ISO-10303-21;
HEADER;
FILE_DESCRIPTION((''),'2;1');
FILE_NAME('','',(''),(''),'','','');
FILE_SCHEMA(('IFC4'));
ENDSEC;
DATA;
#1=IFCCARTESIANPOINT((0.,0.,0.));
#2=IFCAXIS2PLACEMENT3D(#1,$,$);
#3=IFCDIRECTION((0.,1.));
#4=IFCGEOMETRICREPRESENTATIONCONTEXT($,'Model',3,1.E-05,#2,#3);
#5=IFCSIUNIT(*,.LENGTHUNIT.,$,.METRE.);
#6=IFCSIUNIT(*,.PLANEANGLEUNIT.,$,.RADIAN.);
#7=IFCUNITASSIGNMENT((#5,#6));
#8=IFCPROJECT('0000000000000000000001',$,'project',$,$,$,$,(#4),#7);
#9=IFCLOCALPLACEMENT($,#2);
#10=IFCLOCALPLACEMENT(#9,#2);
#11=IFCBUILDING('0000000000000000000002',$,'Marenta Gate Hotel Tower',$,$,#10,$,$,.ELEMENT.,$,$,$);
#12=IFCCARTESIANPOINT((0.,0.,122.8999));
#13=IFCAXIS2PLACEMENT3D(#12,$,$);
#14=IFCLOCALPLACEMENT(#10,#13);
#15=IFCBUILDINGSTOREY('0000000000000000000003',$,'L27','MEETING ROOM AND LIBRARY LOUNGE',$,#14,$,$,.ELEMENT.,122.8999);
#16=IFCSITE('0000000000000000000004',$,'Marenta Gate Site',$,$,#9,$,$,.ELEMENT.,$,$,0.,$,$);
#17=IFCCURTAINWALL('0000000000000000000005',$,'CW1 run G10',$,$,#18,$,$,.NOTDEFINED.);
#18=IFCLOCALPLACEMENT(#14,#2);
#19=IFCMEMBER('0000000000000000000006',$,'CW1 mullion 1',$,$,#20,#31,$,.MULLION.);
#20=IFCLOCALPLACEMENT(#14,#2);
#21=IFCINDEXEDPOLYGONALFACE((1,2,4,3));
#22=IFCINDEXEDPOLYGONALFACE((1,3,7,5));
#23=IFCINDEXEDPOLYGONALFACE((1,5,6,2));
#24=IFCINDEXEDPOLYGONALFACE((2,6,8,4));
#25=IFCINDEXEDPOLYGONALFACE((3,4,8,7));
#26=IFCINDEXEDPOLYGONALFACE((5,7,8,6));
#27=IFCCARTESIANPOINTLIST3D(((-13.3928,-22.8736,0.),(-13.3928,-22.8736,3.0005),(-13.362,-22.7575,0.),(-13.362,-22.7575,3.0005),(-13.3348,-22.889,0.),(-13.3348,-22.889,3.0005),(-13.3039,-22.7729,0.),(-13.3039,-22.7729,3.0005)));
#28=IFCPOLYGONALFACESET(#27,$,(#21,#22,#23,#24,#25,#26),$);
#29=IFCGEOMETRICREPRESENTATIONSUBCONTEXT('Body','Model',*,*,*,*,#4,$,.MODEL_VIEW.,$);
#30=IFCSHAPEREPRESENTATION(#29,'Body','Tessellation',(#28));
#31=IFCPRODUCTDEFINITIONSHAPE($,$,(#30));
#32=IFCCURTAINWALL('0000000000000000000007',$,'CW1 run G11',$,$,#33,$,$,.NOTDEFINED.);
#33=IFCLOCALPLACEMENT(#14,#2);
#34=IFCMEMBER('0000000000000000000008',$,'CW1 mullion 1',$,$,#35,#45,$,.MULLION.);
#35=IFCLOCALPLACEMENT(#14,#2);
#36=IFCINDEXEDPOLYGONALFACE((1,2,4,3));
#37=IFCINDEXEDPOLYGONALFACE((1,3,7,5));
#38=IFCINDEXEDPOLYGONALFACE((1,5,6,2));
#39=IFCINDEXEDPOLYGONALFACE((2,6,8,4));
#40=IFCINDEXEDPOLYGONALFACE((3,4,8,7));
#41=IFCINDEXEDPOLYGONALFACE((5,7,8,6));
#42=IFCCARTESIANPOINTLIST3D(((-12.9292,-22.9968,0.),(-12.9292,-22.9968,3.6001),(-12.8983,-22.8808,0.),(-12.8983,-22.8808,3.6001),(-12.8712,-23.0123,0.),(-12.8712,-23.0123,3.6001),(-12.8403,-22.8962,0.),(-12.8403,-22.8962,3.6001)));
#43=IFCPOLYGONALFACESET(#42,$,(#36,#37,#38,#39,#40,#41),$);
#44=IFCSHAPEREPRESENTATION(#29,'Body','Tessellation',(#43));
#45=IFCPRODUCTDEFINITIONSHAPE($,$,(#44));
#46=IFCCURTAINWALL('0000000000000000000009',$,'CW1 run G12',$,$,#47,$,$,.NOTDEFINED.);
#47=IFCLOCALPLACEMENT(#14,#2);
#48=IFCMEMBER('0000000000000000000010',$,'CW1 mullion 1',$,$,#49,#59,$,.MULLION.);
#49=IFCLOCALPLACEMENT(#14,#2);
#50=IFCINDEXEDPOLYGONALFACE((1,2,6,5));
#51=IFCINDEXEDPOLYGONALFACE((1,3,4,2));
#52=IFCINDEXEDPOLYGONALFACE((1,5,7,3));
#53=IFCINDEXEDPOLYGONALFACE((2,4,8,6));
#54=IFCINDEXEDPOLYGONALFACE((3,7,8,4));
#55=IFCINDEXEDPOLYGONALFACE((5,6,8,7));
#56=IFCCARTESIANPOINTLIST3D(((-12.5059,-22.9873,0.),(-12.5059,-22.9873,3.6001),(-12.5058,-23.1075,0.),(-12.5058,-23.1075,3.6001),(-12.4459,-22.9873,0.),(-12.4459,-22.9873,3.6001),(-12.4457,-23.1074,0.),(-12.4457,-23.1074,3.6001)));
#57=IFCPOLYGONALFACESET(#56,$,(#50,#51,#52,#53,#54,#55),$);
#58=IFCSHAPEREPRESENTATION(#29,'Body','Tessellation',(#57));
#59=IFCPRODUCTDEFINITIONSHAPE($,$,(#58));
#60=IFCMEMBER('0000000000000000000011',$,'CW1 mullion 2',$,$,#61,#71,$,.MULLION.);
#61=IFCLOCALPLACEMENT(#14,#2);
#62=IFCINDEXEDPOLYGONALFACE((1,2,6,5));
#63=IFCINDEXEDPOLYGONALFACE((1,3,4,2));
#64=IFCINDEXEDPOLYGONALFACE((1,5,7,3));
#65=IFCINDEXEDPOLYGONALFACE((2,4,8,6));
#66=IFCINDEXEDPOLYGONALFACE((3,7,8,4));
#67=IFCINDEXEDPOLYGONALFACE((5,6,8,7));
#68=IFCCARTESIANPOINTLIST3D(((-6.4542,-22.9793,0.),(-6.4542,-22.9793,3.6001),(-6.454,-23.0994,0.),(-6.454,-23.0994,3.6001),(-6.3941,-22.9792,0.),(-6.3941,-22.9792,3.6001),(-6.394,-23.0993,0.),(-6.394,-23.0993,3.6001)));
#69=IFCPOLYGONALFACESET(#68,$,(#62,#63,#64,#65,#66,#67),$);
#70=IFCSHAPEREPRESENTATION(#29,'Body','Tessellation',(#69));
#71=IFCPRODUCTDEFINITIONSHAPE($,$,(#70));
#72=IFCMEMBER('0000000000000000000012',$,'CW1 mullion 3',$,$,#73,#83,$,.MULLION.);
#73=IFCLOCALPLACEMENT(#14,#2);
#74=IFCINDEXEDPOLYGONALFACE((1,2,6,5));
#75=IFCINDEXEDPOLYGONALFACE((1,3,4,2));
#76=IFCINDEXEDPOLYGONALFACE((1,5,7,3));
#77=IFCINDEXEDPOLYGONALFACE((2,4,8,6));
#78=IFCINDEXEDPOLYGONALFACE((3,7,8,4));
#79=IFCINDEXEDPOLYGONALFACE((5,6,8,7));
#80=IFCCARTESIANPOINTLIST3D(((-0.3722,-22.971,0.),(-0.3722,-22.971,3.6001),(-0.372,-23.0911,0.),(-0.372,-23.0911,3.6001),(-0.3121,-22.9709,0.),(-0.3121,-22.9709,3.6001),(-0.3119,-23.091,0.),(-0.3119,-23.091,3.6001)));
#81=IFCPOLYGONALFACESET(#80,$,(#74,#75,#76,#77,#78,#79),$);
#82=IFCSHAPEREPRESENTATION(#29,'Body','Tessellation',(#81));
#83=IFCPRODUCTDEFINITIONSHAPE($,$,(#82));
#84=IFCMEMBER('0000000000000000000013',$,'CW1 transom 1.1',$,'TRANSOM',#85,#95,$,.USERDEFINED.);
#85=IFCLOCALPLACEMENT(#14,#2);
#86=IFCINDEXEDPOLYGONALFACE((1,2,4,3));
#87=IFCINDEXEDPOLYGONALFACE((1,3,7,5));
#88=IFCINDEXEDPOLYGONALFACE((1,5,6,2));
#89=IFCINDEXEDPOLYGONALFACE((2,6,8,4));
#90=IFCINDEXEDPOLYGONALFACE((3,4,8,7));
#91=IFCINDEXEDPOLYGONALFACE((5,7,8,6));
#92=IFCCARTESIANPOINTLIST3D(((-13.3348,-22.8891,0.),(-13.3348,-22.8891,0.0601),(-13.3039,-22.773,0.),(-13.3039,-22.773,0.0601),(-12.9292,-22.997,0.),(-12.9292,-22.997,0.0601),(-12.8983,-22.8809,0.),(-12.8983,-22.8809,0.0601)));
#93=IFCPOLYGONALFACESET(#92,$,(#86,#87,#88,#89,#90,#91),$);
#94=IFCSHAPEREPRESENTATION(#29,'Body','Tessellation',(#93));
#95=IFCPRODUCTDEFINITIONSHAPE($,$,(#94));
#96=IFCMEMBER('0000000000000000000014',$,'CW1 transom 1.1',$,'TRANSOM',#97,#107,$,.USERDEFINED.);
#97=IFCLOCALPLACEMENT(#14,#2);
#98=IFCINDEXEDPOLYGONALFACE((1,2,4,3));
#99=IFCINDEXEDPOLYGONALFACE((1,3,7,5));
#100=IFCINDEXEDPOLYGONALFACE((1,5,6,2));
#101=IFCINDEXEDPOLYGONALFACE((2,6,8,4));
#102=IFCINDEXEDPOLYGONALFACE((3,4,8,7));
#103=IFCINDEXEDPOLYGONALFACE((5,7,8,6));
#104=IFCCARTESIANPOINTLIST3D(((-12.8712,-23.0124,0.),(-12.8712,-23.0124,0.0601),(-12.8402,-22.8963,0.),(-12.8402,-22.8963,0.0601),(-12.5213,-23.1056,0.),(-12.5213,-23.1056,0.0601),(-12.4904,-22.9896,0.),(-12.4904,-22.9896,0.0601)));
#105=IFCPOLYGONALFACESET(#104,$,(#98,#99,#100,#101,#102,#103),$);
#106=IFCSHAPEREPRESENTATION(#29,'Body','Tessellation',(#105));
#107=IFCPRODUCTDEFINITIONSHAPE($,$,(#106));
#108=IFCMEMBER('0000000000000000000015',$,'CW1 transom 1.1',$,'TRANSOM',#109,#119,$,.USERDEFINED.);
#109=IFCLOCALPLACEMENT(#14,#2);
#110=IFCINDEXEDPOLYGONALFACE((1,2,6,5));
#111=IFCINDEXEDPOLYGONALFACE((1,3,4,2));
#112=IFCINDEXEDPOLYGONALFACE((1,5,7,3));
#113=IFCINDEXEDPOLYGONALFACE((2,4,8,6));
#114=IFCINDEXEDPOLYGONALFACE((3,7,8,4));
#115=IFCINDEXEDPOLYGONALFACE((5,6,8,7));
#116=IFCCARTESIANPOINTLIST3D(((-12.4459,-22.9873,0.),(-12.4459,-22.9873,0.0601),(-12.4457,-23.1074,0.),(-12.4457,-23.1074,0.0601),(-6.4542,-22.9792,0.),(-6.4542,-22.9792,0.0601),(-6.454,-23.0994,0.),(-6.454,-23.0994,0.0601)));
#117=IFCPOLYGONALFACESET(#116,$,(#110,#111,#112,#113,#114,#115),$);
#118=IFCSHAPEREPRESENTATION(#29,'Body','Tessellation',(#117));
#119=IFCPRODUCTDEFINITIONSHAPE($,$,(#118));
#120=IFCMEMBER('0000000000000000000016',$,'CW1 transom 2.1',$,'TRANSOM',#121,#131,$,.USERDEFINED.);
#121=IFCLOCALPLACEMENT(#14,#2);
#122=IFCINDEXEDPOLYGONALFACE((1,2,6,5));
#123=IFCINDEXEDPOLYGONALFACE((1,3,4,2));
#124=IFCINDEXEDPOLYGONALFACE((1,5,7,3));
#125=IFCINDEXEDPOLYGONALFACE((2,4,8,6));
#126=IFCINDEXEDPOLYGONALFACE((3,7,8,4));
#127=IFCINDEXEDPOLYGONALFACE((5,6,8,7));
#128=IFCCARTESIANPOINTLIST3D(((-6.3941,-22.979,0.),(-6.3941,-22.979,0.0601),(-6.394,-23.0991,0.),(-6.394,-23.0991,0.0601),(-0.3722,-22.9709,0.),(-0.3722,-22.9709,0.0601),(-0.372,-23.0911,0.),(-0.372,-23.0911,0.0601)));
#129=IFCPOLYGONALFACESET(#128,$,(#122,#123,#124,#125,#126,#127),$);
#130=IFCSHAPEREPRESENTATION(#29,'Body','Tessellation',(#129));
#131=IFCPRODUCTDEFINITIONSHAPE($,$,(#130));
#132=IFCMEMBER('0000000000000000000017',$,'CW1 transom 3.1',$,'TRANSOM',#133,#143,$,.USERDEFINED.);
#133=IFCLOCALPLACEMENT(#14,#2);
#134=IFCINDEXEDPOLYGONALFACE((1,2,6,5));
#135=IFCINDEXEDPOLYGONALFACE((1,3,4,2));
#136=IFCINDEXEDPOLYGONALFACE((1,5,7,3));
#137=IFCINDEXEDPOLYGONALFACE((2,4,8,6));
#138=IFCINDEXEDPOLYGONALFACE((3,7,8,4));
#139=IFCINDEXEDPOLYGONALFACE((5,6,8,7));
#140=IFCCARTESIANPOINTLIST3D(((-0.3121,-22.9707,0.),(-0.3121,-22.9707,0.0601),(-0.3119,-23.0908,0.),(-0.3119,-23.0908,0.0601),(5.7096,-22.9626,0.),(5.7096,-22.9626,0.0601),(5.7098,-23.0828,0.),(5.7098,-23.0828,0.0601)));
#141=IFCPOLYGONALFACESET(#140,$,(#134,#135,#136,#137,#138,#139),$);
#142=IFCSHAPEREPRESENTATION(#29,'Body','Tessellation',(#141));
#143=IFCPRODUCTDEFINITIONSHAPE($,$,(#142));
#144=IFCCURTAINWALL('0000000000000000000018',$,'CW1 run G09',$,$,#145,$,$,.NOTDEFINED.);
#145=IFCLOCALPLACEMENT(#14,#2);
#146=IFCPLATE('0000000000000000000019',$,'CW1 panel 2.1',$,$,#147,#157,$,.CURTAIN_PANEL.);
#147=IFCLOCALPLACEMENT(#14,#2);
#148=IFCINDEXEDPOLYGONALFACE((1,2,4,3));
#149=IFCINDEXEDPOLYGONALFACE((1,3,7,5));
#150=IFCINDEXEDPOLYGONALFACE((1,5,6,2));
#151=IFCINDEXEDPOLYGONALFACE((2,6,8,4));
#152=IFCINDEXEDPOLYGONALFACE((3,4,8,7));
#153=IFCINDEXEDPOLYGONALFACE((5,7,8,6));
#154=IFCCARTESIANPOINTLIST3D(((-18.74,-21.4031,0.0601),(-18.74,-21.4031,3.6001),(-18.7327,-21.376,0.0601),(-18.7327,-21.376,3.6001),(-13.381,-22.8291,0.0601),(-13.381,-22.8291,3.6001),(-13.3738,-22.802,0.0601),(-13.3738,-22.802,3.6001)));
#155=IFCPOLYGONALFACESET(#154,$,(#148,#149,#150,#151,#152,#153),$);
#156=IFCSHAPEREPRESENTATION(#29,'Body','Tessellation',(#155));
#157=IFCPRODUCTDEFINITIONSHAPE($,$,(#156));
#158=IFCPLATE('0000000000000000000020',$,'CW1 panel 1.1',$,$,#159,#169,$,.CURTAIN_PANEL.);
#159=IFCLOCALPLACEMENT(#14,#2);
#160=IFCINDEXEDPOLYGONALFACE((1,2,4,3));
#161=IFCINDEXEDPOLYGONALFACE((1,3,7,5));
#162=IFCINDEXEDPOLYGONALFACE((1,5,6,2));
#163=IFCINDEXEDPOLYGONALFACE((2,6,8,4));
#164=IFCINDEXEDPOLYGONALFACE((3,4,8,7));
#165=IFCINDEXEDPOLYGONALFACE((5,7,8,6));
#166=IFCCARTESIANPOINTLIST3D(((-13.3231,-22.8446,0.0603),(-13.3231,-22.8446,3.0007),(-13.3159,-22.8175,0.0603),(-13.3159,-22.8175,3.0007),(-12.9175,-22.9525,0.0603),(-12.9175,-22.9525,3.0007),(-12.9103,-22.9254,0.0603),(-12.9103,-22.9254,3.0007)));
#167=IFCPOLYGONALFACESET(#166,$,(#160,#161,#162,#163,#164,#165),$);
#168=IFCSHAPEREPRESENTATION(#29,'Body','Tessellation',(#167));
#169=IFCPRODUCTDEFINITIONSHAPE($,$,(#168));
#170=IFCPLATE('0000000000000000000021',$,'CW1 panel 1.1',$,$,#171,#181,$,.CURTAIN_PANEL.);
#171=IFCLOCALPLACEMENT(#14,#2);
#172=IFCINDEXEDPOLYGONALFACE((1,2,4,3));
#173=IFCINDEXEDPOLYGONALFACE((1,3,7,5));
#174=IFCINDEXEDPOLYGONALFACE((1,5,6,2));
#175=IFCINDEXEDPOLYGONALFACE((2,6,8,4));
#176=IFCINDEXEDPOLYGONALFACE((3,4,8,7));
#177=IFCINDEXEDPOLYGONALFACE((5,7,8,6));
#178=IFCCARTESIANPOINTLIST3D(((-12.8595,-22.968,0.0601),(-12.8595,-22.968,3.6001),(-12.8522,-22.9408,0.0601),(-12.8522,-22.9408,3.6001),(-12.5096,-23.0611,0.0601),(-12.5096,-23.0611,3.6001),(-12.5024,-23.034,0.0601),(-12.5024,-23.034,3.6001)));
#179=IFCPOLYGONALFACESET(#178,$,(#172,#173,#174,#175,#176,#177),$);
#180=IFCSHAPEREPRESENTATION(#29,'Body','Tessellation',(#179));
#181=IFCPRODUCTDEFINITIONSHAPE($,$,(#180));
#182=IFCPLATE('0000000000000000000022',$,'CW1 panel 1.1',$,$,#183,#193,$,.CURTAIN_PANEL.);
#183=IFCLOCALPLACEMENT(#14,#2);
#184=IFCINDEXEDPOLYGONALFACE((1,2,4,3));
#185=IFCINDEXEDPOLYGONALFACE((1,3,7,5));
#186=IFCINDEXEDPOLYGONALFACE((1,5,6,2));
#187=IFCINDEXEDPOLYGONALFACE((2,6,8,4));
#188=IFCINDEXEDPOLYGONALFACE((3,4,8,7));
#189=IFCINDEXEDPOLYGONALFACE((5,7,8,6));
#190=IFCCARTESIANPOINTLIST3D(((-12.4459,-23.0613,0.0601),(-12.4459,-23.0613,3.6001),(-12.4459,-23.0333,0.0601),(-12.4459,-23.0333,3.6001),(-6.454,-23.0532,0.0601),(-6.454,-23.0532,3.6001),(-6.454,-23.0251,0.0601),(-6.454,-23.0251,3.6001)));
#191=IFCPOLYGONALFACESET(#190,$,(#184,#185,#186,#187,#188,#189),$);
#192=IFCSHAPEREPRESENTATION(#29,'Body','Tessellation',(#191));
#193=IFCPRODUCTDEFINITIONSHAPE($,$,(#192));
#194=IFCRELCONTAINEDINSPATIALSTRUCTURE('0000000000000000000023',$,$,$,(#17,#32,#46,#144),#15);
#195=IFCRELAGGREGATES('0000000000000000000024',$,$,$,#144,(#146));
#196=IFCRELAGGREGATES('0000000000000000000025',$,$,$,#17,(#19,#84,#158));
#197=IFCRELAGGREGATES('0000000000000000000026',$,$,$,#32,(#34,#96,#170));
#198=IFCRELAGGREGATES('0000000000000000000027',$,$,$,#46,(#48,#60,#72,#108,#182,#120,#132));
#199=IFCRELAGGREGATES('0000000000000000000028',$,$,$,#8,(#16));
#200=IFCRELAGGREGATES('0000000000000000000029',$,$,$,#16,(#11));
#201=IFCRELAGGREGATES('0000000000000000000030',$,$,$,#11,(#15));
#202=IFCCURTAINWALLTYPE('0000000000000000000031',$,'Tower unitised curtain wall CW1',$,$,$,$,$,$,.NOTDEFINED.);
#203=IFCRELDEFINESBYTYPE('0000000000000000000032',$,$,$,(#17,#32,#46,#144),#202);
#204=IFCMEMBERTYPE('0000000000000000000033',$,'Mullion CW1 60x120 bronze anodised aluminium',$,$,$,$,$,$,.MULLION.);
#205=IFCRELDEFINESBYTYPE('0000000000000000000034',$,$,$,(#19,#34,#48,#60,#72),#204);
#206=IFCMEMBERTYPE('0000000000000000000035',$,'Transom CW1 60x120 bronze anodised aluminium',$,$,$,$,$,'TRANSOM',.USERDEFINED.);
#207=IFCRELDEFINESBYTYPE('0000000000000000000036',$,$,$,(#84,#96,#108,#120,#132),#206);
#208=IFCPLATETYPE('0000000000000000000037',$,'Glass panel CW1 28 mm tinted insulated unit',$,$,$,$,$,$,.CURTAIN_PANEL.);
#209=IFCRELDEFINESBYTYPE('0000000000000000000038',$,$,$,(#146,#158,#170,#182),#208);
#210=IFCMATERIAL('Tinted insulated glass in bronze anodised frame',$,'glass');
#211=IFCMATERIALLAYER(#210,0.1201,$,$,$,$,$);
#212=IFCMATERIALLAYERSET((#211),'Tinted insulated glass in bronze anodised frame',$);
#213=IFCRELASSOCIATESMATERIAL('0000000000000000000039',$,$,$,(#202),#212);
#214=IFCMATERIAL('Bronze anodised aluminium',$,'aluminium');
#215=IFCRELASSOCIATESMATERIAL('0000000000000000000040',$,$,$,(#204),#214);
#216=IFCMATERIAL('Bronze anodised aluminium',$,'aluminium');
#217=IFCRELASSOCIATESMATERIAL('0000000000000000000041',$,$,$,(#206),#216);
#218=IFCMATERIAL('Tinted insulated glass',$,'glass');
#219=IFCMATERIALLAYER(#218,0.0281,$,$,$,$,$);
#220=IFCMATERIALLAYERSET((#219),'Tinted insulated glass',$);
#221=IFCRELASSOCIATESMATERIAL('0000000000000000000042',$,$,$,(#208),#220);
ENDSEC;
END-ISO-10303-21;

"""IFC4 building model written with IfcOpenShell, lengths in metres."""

from ifc_helpers import new_model, si_unit, direction, frame, origin, origin_2d, place, context, subcontext, project, spatial, rectangle, extrude, material, layer, layer_set, material_profile, profile_set, type_object, element, aggregate, save


model = new_model("IFC4")

# Units and contexts
model_context = context("Model", 3, precision=1e-05, world=origin(), true_north=direction((0.0, 1.0)))
body_context = subcontext(model_context, "Body", "Model", "MODEL_VIEW")
ifc_project = project(units=[si_unit("LENGTHUNIT", "METRE"), si_unit("PLANEANGLEUNIT", "RADIAN")], contexts=[model_context])

# Site, building, storey
site_placement = place(None, origin())
site = spatial("IfcSite", under=ifc_project, at=site_placement, Name="Marenta Gate Site", CompositionType="ELEMENT", RefElevation=0.0)
building_placement = place(site_placement, origin())
building = spatial("IfcBuilding", under=site, at=building_placement, Name="Marenta Gate Hotel Tower", CompositionType="ELEMENT")
storey_placement = place(building_placement, frame((0.0, 0.0, 122.8999)))
storey = spatial("IfcBuildingStorey", under=building, at=storey_placement, Name="L27", Description="MEETING ROOM AND LIBRARY LOUNGE", CompositionType="ELEMENT", Elevation=122.8999)

# Curtain walls, members
ifc_material_1 = material(Name="Tinted insulated glass in bronze anodised frame", Category="glass")
ifc_layer_1 = layer(ifc_material_1, 0.1201)
ifc_layer_set_1 = layer_set([ifc_layer_1], Name="Tinted insulated glass in bronze anodised frame")
curtain_wall_type = type_object("IfcCurtainWallType", Name="Tower unitised curtain wall CW1", PredefinedType="NOTDEFINED", material=ifc_layer_set_1)
curtain_wall_1_placement = place(storey_placement, origin())
curtain_wall_1 = element("IfcCurtainWall", 1, at=curtain_wall_1_placement, inside=storey, type_object=curtain_wall_type, Name="CW1 run G10", PredefinedType="NOTDEFINED")
ifc_material_2 = material(Name="Bronze anodised aluminium", Category="aluminium")
ifc_material_profile_1 = material_profile(ifc_material_2, rectangle(XDim=0.1201, YDim=0.0601, at=origin_2d()), Name="Mullion CW1 60x120 bronze anodised aluminium")
ifc_profile_set_1 = profile_set([ifc_material_profile_1], Name="Bronze anodised aluminium")
member_type_1 = type_object("IfcMemberType", Name="Mullion CW1 60x120 bronze anodised aluminium", PredefinedType="MULLION", material=ifc_profile_set_1)
member_1_placement = place(storey_placement, frame((-13.3484, -22.8232, 0.0), z_axis=(0.0, 0.0, 1.0), x_axis=(0.257027, 0.966404, 0.0)))
member_1 = element("IfcMember", 2, at=member_1_placement, type_object=member_type_1, Name="CW1 mullion 1", PredefinedType="MULLION", context=body_context, shape_type="SweptSolid", body=[
    extrude(rectangle(XDim=0.1201, YDim=0.0601, at=origin_2d()), origin(), (0.0, 0.0, 1.0), 3.0005),
])
curtain_wall_2_placement = place(storey_placement, origin())
curtain_wall_2 = element("IfcCurtainWall", 3, at=curtain_wall_2_placement, inside=storey, type_object=curtain_wall_type, Name="CW1 run G11", PredefinedType="NOTDEFINED")
member_2_placement = place(storey_placement, frame((-12.8848, -22.9465, 0.0), z_axis=(0.0, 0.0, 1.0), x_axis=(0.257279, 0.966337, 0.0)))
member_2 = element("IfcMember", 4, at=member_2_placement, type_object=member_type_1, Name="CW1 mullion 1", PredefinedType="MULLION", context=body_context, shape_type="SweptSolid", body=[
    extrude(rectangle(XDim=0.1201, YDim=0.0601, at=origin_2d()), origin(), (0.0, 0.0, 1.0), 3.6001),
])

# Curtain wall, members
curtain_wall_3_placement = place(storey_placement, origin())
curtain_wall_3 = element("IfcCurtainWall", 5, at=curtain_wall_3_placement, inside=storey, type_object=curtain_wall_type, Name="CW1 run G12", PredefinedType="NOTDEFINED")
member_3_placement = place(storey_placement, frame((-12.4758, -23.0474, 0.0), z_axis=(0.0, 0.0, 1.0), x_axis=(-0.001365, 0.999999, 0.0)))
member_3 = element("IfcMember", 6, at=member_3_placement, type_object=member_type_1, Name="CW1 mullion 1", PredefinedType="MULLION", context=body_context, shape_type="SweptSolid", body=[
    extrude(rectangle(XDim=0.1201, YDim=0.0601, at=origin_2d()), origin(), (0.0, 0.0, 1.0), 3.6001),
])
member_4_placement = place(storey_placement, frame((-6.4241, -23.0393, 0.0), z_axis=(0.0, 0.0, 1.0), x_axis=(-0.001365, 0.999999, 0.0)))
member_4 = element("IfcMember", 7, at=member_4_placement, type_object=member_type_1, Name="CW1 mullion 2", PredefinedType="MULLION", context=body_context, shape_type="SweptSolid", body=[
    extrude(rectangle(XDim=0.1201, YDim=0.0601, at=origin_2d()), origin(), (0.0, 0.0, 1.0), 3.6001),
])
member_5_placement = place(storey_placement, frame((-0.342, -23.031, 0.0), z_axis=(0.0, 0.0, 1.0), x_axis=(-0.001365, 0.999999, 0.0)))
member_5 = element("IfcMember", 8, at=member_5_placement, type_object=member_type_1, Name="CW1 mullion 3", PredefinedType="MULLION", context=body_context, shape_type="SweptSolid", body=[
    extrude(rectangle(XDim=0.1201, YDim=0.0601, at=origin_2d()), origin(), (0.0, 0.0, 1.0), 3.6001),
])

# Members
ifc_material_3 = material(Name="Bronze anodised aluminium", Category="aluminium")
ifc_material_profile_2 = material_profile(ifc_material_3, rectangle(XDim=0.1201, YDim=0.0601, at=origin_2d()), Name="Transom CW1 60x120 bronze anodised aluminium")
ifc_profile_set_2 = profile_set([ifc_material_profile_2], Name="Bronze anodised aluminium")
member_type_2 = type_object("IfcMemberType", Name="Transom CW1 60x120 bronze anodised aluminium", ElementType="TRANSOM", PredefinedType="USERDEFINED", material=ifc_profile_set_2)
member_6_placement = place(storey_placement, frame((-13.3193, -22.8311, 0.03), z_axis=(0.96637, -0.257156, 0.0), x_axis=(0.257156, 0.96637, 0.0)))
member_6 = element("IfcMember", 9, at=member_6_placement, type_object=member_type_2, Name="CW1 transom 1.1", ObjectType="TRANSOM", PredefinedType="USERDEFINED", context=body_context, shape_type="SweptSolid", body=[
    extrude(rectangle(XDim=0.1201, YDim=0.0601, at=origin_2d()), origin(), (0.0, 0.0, 1.0), 0.4197),
])
member_7_placement = place(storey_placement, frame((-12.8557, -22.9543, 0.03), z_axis=(0.966257, -0.257579, 0.0), x_axis=(0.257579, 0.966257, 0.0)))
member_7 = element("IfcMember", 10, at=member_7_placement, type_object=member_type_2, Name="CW1 transom 1.1", ObjectType="TRANSOM", PredefinedType="USERDEFINED", context=body_context, shape_type="SweptSolid", body=[
    extrude(rectangle(XDim=0.1201, YDim=0.0601, at=origin_2d()), origin(), (0.0, 0.0, 1.0), 0.3621),
])
member_8_placement = place(storey_placement, frame((-12.4458, -23.0474, 0.03), z_axis=(0.999999, 0.001345, 0.0), x_axis=(-0.001345, 0.999999, 0.0)))
member_8 = element("IfcMember", 11, at=member_8_placement, type_object=member_type_2, Name="CW1 transom 1.1", ObjectType="TRANSOM", PredefinedType="USERDEFINED", context=body_context, shape_type="SweptSolid", body=[
    extrude(rectangle(XDim=0.1201, YDim=0.0601, at=origin_2d()), origin(), (0.0, 0.0, 1.0), 5.9917),
])
member_9_placement = place(storey_placement, frame((-6.394, -23.0391, 0.03), z_axis=(0.999999, 0.001338, 0.0), x_axis=(-0.001338, 0.999999, 0.0)))
member_9 = element("IfcMember", 12, at=member_9_placement, type_object=member_type_2, Name="CW1 transom 2.1", ObjectType="TRANSOM", PredefinedType="USERDEFINED", context=body_context, shape_type="SweptSolid", body=[
    extrude(rectangle(XDim=0.1201, YDim=0.0601, at=origin_2d()), origin(), (0.0, 0.0, 1.0), 6.022),
])
member_10_placement = place(storey_placement, frame((-0.312, -23.0308, 0.03), z_axis=(0.999999, 0.001338, 0.0), x_axis=(-0.001338, 0.999999, 0.0)))
member_10 = element("IfcMember", 13, at=member_10_placement, type_object=member_type_2, Name="CW1 transom 3.1", ObjectType="TRANSOM", PredefinedType="USERDEFINED", context=body_context, shape_type="SweptSolid", body=[
    extrude(rectangle(XDim=0.1201, YDim=0.0601, at=origin_2d()), origin(), (0.0, 0.0, 1.0), 6.0217),
])

# Curtain wall, plate
curtain_wall_4_placement = place(storey_placement, origin())
curtain_wall_4 = element("IfcCurtainWall", 14, at=curtain_wall_4_placement, inside=storey, type_object=curtain_wall_type, Name="CW1 run G09", PredefinedType="NOTDEFINED")
ifc_material_4 = material(Name="Tinted insulated glass", Category="glass")
ifc_layer_2 = layer(ifc_material_4, 0.0281)
ifc_layer_set_2 = layer_set([ifc_layer_2], Name="Tinted insulated glass")
plate_type = type_object("IfcPlateType", Name="Glass panel CW1 28 mm tinted insulated unit", PredefinedType="CURTAIN_PANEL", material=ifc_layer_set_2)
plate_1_placement = place(storey_placement, frame((-16.0569, -22.1025, 0.0601), z_axis=(0.0, 0.0, 1.0), x_axis=(0.966373, -0.257144, 0.0)))
plate_1 = element("IfcPlate", 15, at=plate_1_placement, type_object=plate_type, Name="CW1 panel 2.1", PredefinedType="CURTAIN_PANEL", context=body_context, shape_type="SweptSolid", body=[
    extrude(rectangle(XDim=5.5454, YDim=0.0281, at=origin_2d()), origin(), (0.0, 0.0, 1.0), 3.54),
])
aggregate(curtain_wall_4, [plate_1])

# Plates
plate_2_placement = place(storey_placement, frame((-13.1167, -22.885, 0.0603), z_axis=(0.0, 0.0, 1.0), x_axis=(0.966404, -0.257027, 0.0)))
plate_2 = element("IfcPlate", 16, at=plate_2_placement, type_object=plate_type, Name="CW1 panel 1.1", PredefinedType="CURTAIN_PANEL", context=body_context, shape_type="SweptSolid", body=[
    extrude(rectangle(XDim=0.4197, YDim=0.0281, at=origin_2d()), origin(), (0.0, 0.0, 1.0), 2.9404),
])
aggregate(curtain_wall_1, [member_1, member_6, plate_2])
plate_3_placement = place(storey_placement, frame((-12.6809, -23.001, 0.0601), z_axis=(0.0, 0.0, 1.0), x_axis=(0.966337, -0.257279, 0.0)))
plate_3 = element("IfcPlate", 17, at=plate_3_placement, type_object=plate_type, Name="CW1 panel 1.1", PredefinedType="CURTAIN_PANEL", context=body_context, shape_type="SweptSolid", body=[
    extrude(rectangle(XDim=0.3621, YDim=0.0281, at=origin_2d()), origin(), (0.0, 0.0, 1.0), 3.54),
])
aggregate(curtain_wall_2, [member_2, member_7, plate_3])
plate_4_placement = place(storey_placement, frame((-9.45, -23.0432, 0.0601), z_axis=(0.0, 0.0, 1.0), x_axis=(0.999999, 0.001365, 0.0)))
plate_4 = element("IfcPlate", 18, at=plate_4_placement, type_object=plate_type, Name="CW1 panel 1.1", PredefinedType="CURTAIN_PANEL", context=body_context, shape_type="SweptSolid", body=[
    extrude(rectangle(XDim=5.9919, YDim=0.0281, at=origin_2d()), origin(), (0.0, 0.0, 1.0), 3.54),
])
aggregate(curtain_wall_3, [member_3, member_4, member_5, member_8, plate_4, member_9, member_10])

save(model, "model.ifc")
